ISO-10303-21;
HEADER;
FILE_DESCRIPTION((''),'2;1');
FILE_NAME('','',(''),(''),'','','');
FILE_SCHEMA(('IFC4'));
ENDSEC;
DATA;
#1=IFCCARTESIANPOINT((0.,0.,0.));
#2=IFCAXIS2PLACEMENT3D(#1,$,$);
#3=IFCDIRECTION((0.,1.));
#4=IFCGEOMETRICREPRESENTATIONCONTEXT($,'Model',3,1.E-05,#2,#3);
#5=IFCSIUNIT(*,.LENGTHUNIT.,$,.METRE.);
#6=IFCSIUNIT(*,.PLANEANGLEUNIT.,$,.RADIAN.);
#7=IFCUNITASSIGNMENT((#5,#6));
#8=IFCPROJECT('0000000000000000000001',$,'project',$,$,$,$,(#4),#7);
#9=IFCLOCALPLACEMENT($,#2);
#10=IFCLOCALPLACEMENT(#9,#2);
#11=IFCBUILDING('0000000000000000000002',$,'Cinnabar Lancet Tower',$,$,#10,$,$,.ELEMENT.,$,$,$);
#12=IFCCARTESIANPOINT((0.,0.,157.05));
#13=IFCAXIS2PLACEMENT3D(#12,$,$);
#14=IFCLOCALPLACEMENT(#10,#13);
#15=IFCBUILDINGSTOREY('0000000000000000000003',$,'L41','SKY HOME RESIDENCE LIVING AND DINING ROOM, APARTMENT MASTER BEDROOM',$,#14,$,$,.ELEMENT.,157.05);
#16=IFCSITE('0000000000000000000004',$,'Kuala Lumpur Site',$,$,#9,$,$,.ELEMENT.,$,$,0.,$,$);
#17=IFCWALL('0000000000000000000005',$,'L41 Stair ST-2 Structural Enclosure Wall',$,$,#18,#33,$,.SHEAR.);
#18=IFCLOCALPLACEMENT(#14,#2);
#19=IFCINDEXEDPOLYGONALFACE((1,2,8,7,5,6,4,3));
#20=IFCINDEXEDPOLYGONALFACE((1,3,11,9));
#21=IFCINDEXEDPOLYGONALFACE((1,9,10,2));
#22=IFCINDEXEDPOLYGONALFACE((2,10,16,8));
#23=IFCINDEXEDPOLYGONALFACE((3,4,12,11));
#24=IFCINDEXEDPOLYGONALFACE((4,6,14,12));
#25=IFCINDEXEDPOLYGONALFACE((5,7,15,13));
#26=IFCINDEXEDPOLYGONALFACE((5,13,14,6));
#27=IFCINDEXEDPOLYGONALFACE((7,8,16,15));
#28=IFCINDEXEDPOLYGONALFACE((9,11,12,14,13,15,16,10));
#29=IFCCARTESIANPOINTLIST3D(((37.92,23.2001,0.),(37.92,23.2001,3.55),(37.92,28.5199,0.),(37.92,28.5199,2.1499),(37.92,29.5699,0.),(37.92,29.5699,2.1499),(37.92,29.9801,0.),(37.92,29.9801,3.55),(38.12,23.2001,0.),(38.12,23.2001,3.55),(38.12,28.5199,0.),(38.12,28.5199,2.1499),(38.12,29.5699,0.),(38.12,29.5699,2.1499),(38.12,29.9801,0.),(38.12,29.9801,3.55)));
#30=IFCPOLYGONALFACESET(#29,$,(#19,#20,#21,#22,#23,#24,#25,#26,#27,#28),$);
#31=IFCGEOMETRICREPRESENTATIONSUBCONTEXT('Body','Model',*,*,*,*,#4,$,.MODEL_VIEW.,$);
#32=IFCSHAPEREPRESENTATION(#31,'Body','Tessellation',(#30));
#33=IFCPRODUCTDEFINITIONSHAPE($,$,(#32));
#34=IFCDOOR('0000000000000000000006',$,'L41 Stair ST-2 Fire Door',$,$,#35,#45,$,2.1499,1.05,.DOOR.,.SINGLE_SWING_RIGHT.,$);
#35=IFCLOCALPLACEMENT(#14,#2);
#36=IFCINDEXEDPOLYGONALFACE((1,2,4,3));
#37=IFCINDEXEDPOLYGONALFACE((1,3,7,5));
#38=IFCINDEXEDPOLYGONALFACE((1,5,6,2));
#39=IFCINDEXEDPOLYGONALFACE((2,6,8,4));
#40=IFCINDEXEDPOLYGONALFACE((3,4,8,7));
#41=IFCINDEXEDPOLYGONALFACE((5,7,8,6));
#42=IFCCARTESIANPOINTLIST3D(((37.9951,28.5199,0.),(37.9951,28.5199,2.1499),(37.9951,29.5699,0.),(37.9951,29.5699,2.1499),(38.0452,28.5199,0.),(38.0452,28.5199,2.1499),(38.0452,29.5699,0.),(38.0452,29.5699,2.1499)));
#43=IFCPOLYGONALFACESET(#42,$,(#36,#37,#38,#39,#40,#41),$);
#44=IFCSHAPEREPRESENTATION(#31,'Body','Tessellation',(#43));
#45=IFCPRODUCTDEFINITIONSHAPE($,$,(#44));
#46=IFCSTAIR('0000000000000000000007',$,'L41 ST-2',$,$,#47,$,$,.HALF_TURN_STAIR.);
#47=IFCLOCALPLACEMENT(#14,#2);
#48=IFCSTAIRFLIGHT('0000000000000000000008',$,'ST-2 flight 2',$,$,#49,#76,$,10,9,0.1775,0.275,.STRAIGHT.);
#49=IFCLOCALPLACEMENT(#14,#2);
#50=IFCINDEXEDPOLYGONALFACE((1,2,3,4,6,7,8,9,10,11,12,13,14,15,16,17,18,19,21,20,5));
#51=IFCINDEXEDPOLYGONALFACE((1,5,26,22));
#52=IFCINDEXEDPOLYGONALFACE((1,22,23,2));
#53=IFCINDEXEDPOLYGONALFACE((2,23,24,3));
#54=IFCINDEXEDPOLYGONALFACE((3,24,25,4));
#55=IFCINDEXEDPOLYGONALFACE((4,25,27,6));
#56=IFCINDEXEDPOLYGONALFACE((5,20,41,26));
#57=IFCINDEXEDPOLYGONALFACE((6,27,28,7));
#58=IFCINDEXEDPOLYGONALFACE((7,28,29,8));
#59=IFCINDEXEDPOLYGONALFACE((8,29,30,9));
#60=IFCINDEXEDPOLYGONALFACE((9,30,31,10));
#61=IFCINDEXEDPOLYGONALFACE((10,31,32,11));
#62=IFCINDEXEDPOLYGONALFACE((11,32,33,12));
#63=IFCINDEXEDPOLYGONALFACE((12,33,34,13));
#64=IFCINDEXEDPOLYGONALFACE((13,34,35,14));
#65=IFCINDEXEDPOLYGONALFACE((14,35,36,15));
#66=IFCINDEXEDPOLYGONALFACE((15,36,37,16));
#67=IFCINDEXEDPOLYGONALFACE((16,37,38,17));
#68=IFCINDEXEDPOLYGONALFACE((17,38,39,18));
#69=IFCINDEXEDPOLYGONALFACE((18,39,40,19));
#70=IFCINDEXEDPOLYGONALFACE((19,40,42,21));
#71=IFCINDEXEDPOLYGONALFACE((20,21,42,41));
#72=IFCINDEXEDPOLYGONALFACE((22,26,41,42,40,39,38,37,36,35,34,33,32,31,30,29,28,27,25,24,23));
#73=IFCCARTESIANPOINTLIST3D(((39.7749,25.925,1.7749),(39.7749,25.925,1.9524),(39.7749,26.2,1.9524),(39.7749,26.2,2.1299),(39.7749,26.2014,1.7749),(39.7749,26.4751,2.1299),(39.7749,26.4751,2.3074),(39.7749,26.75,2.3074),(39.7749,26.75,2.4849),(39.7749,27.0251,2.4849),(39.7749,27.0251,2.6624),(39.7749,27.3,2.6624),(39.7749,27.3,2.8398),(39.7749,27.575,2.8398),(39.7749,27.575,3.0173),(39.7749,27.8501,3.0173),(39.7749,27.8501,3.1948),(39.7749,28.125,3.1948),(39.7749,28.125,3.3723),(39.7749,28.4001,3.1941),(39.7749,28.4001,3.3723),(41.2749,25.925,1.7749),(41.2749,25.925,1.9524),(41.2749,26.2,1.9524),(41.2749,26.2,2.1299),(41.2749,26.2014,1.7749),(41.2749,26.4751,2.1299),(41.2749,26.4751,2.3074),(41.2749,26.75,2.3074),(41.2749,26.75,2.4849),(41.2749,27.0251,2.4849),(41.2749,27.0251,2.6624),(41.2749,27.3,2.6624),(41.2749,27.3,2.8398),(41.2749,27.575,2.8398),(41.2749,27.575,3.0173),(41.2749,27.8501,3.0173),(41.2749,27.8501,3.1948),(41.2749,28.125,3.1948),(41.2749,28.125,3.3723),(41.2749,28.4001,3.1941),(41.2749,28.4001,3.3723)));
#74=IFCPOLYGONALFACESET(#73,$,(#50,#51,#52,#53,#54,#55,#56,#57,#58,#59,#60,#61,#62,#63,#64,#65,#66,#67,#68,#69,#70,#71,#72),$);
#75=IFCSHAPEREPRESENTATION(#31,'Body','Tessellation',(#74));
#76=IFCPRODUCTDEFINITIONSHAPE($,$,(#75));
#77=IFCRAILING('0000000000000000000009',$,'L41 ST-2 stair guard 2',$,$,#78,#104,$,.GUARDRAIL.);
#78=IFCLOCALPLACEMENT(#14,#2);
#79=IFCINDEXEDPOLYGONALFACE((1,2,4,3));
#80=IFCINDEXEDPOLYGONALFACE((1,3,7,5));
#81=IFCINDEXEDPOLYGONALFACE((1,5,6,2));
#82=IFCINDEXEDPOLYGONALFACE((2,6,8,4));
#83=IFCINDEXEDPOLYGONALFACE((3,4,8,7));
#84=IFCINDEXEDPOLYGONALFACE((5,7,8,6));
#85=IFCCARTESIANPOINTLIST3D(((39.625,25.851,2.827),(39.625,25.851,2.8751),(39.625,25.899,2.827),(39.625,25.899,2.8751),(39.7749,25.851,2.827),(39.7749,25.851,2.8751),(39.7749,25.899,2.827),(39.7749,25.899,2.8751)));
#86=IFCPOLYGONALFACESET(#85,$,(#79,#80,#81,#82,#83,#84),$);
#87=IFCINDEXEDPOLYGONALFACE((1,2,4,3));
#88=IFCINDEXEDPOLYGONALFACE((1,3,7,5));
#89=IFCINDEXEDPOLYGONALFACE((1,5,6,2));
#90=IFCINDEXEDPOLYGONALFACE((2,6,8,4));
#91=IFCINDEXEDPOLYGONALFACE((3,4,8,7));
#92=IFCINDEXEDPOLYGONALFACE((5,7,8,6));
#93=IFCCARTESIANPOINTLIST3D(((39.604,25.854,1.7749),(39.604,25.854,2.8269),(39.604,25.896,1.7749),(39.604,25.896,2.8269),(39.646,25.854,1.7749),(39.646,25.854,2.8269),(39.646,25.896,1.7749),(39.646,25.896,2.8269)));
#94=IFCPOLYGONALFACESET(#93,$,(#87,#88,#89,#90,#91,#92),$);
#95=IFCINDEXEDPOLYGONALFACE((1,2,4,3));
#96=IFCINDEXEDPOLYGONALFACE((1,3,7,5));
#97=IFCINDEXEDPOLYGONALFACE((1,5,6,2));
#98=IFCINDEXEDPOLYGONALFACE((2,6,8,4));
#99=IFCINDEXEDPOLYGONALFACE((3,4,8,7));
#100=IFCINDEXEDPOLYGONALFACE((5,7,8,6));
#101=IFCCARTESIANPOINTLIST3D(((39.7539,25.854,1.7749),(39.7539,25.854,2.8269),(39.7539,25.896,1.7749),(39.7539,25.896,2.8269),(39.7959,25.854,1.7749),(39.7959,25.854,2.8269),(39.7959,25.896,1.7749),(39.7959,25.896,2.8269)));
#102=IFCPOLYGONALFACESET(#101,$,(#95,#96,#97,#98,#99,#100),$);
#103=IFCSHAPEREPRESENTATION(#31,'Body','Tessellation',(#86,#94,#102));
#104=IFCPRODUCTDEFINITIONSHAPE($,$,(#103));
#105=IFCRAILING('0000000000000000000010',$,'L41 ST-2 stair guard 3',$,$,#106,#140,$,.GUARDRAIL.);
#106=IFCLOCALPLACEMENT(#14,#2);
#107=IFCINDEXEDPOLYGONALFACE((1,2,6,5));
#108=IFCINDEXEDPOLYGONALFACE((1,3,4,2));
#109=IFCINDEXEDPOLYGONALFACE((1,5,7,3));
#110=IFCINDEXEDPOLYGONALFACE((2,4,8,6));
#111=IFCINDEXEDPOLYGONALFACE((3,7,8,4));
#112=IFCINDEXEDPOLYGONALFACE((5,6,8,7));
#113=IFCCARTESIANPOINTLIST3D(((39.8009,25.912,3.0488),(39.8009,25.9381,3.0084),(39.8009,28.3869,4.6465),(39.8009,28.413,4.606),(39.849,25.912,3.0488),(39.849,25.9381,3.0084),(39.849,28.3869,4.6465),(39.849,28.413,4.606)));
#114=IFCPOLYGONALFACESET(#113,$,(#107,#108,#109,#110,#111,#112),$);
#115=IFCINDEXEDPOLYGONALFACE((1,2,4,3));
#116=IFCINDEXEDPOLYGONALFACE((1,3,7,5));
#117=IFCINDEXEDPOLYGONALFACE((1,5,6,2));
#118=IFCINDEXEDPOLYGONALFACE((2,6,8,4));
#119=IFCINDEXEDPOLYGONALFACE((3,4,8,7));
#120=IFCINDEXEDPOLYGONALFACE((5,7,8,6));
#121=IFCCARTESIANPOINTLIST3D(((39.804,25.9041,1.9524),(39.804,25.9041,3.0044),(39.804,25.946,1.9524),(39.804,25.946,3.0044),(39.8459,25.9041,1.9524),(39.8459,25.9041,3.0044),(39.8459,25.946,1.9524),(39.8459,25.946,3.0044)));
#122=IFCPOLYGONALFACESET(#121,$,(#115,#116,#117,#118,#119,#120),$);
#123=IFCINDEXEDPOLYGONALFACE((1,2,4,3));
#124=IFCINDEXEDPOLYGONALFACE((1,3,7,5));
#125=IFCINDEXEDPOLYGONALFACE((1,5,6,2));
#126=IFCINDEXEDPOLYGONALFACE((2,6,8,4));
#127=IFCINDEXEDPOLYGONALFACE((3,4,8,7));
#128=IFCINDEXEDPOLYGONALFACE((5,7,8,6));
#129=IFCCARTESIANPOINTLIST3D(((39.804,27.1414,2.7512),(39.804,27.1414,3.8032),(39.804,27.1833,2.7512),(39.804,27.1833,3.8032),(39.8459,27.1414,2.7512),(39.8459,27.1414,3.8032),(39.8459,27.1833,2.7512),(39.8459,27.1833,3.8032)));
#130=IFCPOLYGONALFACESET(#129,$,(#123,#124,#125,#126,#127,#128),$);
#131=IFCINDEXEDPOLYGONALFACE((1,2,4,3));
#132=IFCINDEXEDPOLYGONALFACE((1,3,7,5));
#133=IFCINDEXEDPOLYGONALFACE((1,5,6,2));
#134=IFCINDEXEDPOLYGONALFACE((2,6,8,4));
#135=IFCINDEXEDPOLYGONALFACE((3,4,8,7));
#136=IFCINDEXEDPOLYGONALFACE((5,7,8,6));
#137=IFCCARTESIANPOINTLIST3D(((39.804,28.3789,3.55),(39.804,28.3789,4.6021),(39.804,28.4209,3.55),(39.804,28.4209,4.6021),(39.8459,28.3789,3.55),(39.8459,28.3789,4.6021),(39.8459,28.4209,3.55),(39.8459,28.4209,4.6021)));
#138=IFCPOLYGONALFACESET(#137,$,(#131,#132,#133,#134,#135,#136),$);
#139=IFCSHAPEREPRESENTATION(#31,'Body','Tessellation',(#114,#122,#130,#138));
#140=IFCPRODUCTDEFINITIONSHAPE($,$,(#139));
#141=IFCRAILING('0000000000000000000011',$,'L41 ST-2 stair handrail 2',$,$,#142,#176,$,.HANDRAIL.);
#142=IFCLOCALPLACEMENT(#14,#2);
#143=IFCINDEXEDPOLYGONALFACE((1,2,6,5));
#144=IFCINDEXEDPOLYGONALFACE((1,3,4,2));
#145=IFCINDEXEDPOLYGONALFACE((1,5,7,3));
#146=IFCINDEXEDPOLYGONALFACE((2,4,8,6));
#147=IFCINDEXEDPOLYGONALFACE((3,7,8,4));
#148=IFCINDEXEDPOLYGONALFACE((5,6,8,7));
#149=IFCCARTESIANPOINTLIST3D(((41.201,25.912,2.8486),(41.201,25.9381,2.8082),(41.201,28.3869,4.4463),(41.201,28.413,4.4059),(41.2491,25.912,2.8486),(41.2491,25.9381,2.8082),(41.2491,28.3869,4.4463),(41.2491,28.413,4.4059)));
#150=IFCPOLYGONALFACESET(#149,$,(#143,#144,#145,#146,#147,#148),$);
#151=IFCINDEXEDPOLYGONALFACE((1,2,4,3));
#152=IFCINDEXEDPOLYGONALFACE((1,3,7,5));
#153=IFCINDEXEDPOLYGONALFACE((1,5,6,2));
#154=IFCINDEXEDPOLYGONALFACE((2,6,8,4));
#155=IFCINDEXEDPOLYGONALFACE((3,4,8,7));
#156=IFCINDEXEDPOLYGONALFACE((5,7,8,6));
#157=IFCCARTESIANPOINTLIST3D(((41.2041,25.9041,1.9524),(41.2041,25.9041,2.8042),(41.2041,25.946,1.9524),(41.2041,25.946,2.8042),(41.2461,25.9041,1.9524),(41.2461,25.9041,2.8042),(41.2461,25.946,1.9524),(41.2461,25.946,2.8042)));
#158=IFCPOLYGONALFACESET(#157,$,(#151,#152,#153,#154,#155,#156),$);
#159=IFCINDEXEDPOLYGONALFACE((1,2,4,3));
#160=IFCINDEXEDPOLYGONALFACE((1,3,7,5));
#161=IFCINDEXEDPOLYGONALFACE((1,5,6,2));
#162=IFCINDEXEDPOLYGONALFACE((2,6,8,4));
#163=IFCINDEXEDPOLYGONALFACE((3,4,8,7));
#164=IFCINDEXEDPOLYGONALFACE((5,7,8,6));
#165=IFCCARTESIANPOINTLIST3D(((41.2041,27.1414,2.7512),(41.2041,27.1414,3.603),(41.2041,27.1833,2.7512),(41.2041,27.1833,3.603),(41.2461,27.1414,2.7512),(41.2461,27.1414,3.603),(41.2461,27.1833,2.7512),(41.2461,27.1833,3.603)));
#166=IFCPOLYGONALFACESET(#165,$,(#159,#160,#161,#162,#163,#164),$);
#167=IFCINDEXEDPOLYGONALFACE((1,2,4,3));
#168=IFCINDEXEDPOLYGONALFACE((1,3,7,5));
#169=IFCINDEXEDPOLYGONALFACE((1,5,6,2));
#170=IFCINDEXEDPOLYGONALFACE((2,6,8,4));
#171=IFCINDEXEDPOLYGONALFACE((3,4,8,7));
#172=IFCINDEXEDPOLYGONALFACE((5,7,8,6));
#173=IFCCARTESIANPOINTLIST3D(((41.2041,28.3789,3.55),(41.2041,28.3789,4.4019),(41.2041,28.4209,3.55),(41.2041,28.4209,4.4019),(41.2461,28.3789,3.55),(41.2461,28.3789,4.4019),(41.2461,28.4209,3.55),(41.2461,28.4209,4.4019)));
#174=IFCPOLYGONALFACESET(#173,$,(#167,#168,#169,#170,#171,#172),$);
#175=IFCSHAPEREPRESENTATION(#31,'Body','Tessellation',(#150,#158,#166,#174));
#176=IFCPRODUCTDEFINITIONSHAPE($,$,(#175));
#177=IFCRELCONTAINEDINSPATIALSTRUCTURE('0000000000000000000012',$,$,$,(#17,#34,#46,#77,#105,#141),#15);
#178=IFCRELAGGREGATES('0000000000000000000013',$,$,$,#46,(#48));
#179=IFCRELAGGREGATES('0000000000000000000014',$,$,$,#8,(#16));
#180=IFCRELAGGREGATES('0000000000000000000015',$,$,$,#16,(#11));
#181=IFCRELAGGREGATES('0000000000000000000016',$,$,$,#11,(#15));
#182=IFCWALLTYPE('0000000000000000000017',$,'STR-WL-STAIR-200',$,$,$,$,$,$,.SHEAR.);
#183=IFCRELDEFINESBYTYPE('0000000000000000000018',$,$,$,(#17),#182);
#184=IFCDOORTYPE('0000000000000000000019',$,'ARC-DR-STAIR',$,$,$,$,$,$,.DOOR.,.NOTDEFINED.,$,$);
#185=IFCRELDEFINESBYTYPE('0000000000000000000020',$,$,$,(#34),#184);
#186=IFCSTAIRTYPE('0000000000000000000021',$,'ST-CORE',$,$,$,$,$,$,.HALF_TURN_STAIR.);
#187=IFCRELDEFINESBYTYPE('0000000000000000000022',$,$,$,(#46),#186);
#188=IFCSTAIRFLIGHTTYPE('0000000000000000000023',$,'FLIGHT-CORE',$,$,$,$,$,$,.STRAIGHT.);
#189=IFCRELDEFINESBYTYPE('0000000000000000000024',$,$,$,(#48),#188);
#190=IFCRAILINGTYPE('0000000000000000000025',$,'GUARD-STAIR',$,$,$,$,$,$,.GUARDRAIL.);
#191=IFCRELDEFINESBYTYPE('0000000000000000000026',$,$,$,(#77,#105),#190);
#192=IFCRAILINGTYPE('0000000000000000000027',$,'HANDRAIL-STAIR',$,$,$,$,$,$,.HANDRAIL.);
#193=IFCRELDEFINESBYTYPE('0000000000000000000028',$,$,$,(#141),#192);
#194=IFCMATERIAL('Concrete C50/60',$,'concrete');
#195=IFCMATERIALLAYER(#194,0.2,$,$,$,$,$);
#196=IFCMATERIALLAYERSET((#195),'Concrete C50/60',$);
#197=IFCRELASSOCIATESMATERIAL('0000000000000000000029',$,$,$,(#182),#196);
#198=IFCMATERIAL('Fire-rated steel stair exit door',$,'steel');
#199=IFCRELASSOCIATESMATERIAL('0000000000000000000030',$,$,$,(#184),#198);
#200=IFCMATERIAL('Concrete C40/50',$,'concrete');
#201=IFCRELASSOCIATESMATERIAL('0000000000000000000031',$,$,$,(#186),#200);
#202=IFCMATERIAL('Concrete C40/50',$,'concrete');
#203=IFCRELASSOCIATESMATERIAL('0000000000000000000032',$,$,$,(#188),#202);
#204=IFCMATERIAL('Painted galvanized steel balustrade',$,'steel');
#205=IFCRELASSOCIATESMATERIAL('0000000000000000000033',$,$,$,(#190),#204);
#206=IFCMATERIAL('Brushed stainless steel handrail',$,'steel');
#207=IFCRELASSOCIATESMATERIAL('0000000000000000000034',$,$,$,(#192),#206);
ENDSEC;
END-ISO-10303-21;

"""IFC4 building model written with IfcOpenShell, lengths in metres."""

from ifc_helpers import new_model, si_unit, direction, frame, frame_2d, origin, origin_2d, place, context, subcontext, project, spatial, polyline, rectangle, outline, extrude, material, layer, layer_set, type_object, element, fill, aggregate, save


model = new_model("IFC4")

# Units and contexts
model_context = context("Model", 3, precision=1e-05, world=origin(), true_north=direction((0.0, 1.0)))
body_context = subcontext(model_context, "Body", "Model", "MODEL_VIEW")
ifc_project = project(units=[si_unit("LENGTHUNIT", "METRE"), si_unit("PLANEANGLEUNIT", "RADIAN")], contexts=[model_context])

# Site, building, storey
site_placement = place(None, origin())
site = spatial("IfcSite", under=ifc_project, at=site_placement, Name="Kuala Lumpur Site", CompositionType="ELEMENT", RefElevation=0.0)
building_placement = place(site_placement, origin())
building = spatial("IfcBuilding", under=site, at=building_placement, Name="Cinnabar Lancet Tower", CompositionType="ELEMENT")
storey_placement = place(building_placement, frame((0.0, 0.0, 157.05)))
storey = spatial("IfcBuildingStorey", under=building, at=storey_placement, Name="L41", Description="SKY HOME RESIDENCE LIVING AND DINING ROOM, APARTMENT MASTER BEDROOM", CompositionType="ELEMENT", Elevation=157.05)

# Wall, opening, door
ifc_material_1 = material(Name="Concrete C50/60", Category="concrete")
ifc_layer_1 = layer(ifc_material_1, 0.2)
ifc_layer_set_1 = layer_set([ifc_layer_1], Name="Concrete C50/60")
wall_type_1 = type_object("IfcWallType", Name="STR-WL-STAIR-200", PredefinedType="SHEAR", material=ifc_layer_set_1)
wall_1_placement = place(storey_placement, frame((38.02, 23.2, 0.0), z_axis=(0.0, 0.0, 1.0), x_axis=(0.0, 1.0, 0.0)))
wall_1 = element("IfcWall", 1, at=wall_1_placement, inside=storey, type_object=wall_type_1, Name="L41 Stair ST-2 Structural Enclosure Wall", PredefinedType="SHEAR", context=body_context, shape_type="SweptSolid", body=[
    extrude(rectangle(XDim=6.78, YDim=0.2, at=frame_2d((3.3901, 0.0))), origin(), (0.0, 0.0, 1.0), 3.55),
])
opening_1_placement = place(wall_1_placement, frame((5.3201, 0.0, 0.0)))
opening_1 = element("IfcOpeningElement", 2, at=opening_1_placement, cuts=wall_1, PredefinedType="OPENING", context=body_context, shape_type="SweptSolid", body=[
    extrude(rectangle(XDim=1.05, YDim=2.1499, at=frame_2d((0.5249, 1.075))), frame((0.0, 0.1099, 0.0), z_axis=(0.0, -1.0, 0.0), x_axis=(1.0, 0.0, 0.0)), (0.0, 0.0, 1.0), 0.22),
])
ifc_material_2 = material(Name="Fire-rated steel stair exit door", Category="steel")
door_type_1 = type_object("IfcDoorType", Name="ARC-DR-STAIR", OperationType="NOTDEFINED", PredefinedType="DOOR", material=ifc_material_2)
door_1_placement = place(opening_1_placement, origin())
door_1 = element("IfcDoor", 3, at=door_1_placement, inside=storey, type_object=door_type_1, Name="L41 Stair ST-2 Fire Door", OperationType="SINGLE_SWING_RIGHT", OverallHeight=2.1499, OverallWidth=1.05, PredefinedType="DOOR", context=body_context, shape_type="SweptSolid", body=[
    extrude(rectangle(XDim=1.05, YDim=2.1499, at=frame_2d((0.5249, 1.075))), frame((0.0, 0.0249, 0.0), z_axis=(0.0, -1.0, 0.0), x_axis=(1.0, 0.0, 0.0)), (0.0, 0.0, 1.0), 0.05),
])
fill(opening_1, door_1)

# Stair, stair flight
ifc_material_3 = material(Name="Concrete C40/50", Category="concrete")
stair_type = type_object("IfcStairType", Name="ST-CORE", PredefinedType="HALF_TURN_STAIR", material=ifc_material_3)
stair_placement = place(storey_placement, origin())
stair = element("IfcStair", 4, at=stair_placement, inside=storey, type_object=stair_type, Name="L41 ST-2", PredefinedType="HALF_TURN_STAIR")
ifc_material_4 = material(Name="Concrete C40/50", Category="concrete")
stair_flight_type = type_object("IfcStairFlightType", Name="FLIGHT-CORE", PredefinedType="STRAIGHT", material=ifc_material_4)
stair_flight_placement = place(storey_placement, frame((40.5249, 25.925, 1.7749), z_axis=(0.0, 0.0, 1.0), x_axis=(0.0, 1.0, 0.0)))
stair_flight = element("IfcStairFlight", 5, at=stair_flight_placement, type_object=stair_flight_type, Name="ST-2 flight 2", NumberOfRisers=10, NumberOfTreads=9, PredefinedType="STRAIGHT", RiserHeight=0.1775, TreadLength=0.275, context=body_context, shape_type="SweptSolid", body=[
    extrude(outline(polyline([(0.0, 0.0), (0.0, 0.1775), (0.2749, 0.1775), (0.2749, 0.355), (0.55, 0.355), (0.55, 0.5325), (0.825, 0.5325), (0.825, 0.71), (1.1001, 0.71), (1.1001, 0.8875), (1.375, 0.8875), (1.375, 1.0649), (1.6499, 1.0649), (1.6499, 1.2424), (1.925, 1.2424), (1.925, 1.4199), (2.2, 1.4199), (2.2, 1.5974), (2.4751, 1.5974), (2.4751, 1.7749), (2.4751, 1.4192), (0.2764, 0.0), (0.0, 0.0)])), frame((0.0, 0.75, 0.0), z_axis=(0.0, -1.0, 0.0), x_axis=(1.0, 0.0, 0.0)), (0.0, 0.0, 1.0), 1.5),
])
aggregate(stair, [stair_flight])

# Railings
ifc_material_5 = material(Name="Painted galvanized steel balustrade", Category="steel")
railing_type_1 = type_object("IfcRailingType", Name="GUARD-STAIR", PredefinedType="GUARDRAIL", material=ifc_material_5)
railing_1_placement = place(storey_placement, frame((39.625, 25.875, 1.7749)))
element("IfcRailing", 6, at=railing_1_placement, inside=storey, type_object=railing_type_1, Name="L41 ST-2 stair guard 2", PredefinedType="GUARDRAIL", context=body_context, shape_type="SweptSolid", body=[
    extrude(rectangle(XDim=0.0481, YDim=0.0481, at=origin_2d()), frame((0.0, 0.0, 1.0762), z_axis=(1.0, 0.0, 0.0), x_axis=(0.0, 1.0, 0.0)), (0.0, 0.0, 1.0), 0.1499),
    extrude(rectangle(XDim=0.042, YDim=0.042, at=origin_2d()), origin(), (0.0, 0.0, 1.0), 1.052),
    extrude(rectangle(XDim=0.042, YDim=0.042, at=origin_2d()), frame((0.1499, 0.0, 0.0)), (0.0, 0.0, 1.0), 1.052),
])
railing_2_placement = place(storey_placement, frame((39.825, 25.925, 1.9524)))
element("IfcRailing", 7, at=railing_2_placement, inside=storey, type_object=railing_type_1, Name="L41 ST-2 stair guard 3", PredefinedType="GUARDRAIL", context=body_context, shape_type="SweptSolid", body=[
    extrude(rectangle(XDim=0.0481, YDim=0.0481, at=origin_2d()), frame((0.0, 0.0, 1.0762), z_axis=(0.0, 0.840146, 0.542361), x_axis=(-1.0, 0.0, 0.0)), (0.0, 0.0, 1.0), 2.9458),
    extrude(rectangle(XDim=0.042, YDim=0.042, at=origin_2d()), origin(), (0.0, 0.0, 1.0), 1.052),
    extrude(rectangle(XDim=0.042, YDim=0.042, at=origin_2d()), frame((0.0, 1.2373, 0.7988)), (0.0, 0.0, 1.0), 1.052),
    extrude(rectangle(XDim=0.042, YDim=0.042, at=origin_2d()), frame((0.0, 2.4749, 1.5977)), (0.0, 0.0, 1.0), 1.052),
])
ifc_material_6 = material(Name="Brushed stainless steel handrail", Category="steel")
railing_type_2 = type_object("IfcRailingType", Name="HANDRAIL-STAIR", PredefinedType="HANDRAIL", material=ifc_material_6)
railing_3_placement = place(storey_placement, frame((41.2251, 25.925, 1.9524)))
element("IfcRailing", 8, at=railing_3_placement, inside=storey, type_object=railing_type_2, Name="L41 ST-2 stair handrail 2", PredefinedType="HANDRAIL", context=body_context, shape_type="SweptSolid", body=[
    extrude(rectangle(XDim=0.0481, YDim=0.0481, at=origin_2d()), frame((0.0, 0.0, 0.876), z_axis=(0.0, 0.840146, 0.542361), x_axis=(-1.0, 0.0, 0.0)), (0.0, 0.0, 1.0), 2.9458),
    extrude(rectangle(XDim=0.042, YDim=0.042, at=origin_2d()), origin(), (0.0, 0.0, 1.0), 0.8518),
    extrude(rectangle(XDim=0.042, YDim=0.042, at=origin_2d()), frame((0.0, 1.2373, 0.7988)), (0.0, 0.0, 1.0), 0.8518),
    extrude(rectangle(XDim=0.042, YDim=0.042, at=origin_2d()), frame((0.0, 2.4749, 1.5977)), (0.0, 0.0, 1.0), 0.8518),
])

save(model, "model.ifc")
